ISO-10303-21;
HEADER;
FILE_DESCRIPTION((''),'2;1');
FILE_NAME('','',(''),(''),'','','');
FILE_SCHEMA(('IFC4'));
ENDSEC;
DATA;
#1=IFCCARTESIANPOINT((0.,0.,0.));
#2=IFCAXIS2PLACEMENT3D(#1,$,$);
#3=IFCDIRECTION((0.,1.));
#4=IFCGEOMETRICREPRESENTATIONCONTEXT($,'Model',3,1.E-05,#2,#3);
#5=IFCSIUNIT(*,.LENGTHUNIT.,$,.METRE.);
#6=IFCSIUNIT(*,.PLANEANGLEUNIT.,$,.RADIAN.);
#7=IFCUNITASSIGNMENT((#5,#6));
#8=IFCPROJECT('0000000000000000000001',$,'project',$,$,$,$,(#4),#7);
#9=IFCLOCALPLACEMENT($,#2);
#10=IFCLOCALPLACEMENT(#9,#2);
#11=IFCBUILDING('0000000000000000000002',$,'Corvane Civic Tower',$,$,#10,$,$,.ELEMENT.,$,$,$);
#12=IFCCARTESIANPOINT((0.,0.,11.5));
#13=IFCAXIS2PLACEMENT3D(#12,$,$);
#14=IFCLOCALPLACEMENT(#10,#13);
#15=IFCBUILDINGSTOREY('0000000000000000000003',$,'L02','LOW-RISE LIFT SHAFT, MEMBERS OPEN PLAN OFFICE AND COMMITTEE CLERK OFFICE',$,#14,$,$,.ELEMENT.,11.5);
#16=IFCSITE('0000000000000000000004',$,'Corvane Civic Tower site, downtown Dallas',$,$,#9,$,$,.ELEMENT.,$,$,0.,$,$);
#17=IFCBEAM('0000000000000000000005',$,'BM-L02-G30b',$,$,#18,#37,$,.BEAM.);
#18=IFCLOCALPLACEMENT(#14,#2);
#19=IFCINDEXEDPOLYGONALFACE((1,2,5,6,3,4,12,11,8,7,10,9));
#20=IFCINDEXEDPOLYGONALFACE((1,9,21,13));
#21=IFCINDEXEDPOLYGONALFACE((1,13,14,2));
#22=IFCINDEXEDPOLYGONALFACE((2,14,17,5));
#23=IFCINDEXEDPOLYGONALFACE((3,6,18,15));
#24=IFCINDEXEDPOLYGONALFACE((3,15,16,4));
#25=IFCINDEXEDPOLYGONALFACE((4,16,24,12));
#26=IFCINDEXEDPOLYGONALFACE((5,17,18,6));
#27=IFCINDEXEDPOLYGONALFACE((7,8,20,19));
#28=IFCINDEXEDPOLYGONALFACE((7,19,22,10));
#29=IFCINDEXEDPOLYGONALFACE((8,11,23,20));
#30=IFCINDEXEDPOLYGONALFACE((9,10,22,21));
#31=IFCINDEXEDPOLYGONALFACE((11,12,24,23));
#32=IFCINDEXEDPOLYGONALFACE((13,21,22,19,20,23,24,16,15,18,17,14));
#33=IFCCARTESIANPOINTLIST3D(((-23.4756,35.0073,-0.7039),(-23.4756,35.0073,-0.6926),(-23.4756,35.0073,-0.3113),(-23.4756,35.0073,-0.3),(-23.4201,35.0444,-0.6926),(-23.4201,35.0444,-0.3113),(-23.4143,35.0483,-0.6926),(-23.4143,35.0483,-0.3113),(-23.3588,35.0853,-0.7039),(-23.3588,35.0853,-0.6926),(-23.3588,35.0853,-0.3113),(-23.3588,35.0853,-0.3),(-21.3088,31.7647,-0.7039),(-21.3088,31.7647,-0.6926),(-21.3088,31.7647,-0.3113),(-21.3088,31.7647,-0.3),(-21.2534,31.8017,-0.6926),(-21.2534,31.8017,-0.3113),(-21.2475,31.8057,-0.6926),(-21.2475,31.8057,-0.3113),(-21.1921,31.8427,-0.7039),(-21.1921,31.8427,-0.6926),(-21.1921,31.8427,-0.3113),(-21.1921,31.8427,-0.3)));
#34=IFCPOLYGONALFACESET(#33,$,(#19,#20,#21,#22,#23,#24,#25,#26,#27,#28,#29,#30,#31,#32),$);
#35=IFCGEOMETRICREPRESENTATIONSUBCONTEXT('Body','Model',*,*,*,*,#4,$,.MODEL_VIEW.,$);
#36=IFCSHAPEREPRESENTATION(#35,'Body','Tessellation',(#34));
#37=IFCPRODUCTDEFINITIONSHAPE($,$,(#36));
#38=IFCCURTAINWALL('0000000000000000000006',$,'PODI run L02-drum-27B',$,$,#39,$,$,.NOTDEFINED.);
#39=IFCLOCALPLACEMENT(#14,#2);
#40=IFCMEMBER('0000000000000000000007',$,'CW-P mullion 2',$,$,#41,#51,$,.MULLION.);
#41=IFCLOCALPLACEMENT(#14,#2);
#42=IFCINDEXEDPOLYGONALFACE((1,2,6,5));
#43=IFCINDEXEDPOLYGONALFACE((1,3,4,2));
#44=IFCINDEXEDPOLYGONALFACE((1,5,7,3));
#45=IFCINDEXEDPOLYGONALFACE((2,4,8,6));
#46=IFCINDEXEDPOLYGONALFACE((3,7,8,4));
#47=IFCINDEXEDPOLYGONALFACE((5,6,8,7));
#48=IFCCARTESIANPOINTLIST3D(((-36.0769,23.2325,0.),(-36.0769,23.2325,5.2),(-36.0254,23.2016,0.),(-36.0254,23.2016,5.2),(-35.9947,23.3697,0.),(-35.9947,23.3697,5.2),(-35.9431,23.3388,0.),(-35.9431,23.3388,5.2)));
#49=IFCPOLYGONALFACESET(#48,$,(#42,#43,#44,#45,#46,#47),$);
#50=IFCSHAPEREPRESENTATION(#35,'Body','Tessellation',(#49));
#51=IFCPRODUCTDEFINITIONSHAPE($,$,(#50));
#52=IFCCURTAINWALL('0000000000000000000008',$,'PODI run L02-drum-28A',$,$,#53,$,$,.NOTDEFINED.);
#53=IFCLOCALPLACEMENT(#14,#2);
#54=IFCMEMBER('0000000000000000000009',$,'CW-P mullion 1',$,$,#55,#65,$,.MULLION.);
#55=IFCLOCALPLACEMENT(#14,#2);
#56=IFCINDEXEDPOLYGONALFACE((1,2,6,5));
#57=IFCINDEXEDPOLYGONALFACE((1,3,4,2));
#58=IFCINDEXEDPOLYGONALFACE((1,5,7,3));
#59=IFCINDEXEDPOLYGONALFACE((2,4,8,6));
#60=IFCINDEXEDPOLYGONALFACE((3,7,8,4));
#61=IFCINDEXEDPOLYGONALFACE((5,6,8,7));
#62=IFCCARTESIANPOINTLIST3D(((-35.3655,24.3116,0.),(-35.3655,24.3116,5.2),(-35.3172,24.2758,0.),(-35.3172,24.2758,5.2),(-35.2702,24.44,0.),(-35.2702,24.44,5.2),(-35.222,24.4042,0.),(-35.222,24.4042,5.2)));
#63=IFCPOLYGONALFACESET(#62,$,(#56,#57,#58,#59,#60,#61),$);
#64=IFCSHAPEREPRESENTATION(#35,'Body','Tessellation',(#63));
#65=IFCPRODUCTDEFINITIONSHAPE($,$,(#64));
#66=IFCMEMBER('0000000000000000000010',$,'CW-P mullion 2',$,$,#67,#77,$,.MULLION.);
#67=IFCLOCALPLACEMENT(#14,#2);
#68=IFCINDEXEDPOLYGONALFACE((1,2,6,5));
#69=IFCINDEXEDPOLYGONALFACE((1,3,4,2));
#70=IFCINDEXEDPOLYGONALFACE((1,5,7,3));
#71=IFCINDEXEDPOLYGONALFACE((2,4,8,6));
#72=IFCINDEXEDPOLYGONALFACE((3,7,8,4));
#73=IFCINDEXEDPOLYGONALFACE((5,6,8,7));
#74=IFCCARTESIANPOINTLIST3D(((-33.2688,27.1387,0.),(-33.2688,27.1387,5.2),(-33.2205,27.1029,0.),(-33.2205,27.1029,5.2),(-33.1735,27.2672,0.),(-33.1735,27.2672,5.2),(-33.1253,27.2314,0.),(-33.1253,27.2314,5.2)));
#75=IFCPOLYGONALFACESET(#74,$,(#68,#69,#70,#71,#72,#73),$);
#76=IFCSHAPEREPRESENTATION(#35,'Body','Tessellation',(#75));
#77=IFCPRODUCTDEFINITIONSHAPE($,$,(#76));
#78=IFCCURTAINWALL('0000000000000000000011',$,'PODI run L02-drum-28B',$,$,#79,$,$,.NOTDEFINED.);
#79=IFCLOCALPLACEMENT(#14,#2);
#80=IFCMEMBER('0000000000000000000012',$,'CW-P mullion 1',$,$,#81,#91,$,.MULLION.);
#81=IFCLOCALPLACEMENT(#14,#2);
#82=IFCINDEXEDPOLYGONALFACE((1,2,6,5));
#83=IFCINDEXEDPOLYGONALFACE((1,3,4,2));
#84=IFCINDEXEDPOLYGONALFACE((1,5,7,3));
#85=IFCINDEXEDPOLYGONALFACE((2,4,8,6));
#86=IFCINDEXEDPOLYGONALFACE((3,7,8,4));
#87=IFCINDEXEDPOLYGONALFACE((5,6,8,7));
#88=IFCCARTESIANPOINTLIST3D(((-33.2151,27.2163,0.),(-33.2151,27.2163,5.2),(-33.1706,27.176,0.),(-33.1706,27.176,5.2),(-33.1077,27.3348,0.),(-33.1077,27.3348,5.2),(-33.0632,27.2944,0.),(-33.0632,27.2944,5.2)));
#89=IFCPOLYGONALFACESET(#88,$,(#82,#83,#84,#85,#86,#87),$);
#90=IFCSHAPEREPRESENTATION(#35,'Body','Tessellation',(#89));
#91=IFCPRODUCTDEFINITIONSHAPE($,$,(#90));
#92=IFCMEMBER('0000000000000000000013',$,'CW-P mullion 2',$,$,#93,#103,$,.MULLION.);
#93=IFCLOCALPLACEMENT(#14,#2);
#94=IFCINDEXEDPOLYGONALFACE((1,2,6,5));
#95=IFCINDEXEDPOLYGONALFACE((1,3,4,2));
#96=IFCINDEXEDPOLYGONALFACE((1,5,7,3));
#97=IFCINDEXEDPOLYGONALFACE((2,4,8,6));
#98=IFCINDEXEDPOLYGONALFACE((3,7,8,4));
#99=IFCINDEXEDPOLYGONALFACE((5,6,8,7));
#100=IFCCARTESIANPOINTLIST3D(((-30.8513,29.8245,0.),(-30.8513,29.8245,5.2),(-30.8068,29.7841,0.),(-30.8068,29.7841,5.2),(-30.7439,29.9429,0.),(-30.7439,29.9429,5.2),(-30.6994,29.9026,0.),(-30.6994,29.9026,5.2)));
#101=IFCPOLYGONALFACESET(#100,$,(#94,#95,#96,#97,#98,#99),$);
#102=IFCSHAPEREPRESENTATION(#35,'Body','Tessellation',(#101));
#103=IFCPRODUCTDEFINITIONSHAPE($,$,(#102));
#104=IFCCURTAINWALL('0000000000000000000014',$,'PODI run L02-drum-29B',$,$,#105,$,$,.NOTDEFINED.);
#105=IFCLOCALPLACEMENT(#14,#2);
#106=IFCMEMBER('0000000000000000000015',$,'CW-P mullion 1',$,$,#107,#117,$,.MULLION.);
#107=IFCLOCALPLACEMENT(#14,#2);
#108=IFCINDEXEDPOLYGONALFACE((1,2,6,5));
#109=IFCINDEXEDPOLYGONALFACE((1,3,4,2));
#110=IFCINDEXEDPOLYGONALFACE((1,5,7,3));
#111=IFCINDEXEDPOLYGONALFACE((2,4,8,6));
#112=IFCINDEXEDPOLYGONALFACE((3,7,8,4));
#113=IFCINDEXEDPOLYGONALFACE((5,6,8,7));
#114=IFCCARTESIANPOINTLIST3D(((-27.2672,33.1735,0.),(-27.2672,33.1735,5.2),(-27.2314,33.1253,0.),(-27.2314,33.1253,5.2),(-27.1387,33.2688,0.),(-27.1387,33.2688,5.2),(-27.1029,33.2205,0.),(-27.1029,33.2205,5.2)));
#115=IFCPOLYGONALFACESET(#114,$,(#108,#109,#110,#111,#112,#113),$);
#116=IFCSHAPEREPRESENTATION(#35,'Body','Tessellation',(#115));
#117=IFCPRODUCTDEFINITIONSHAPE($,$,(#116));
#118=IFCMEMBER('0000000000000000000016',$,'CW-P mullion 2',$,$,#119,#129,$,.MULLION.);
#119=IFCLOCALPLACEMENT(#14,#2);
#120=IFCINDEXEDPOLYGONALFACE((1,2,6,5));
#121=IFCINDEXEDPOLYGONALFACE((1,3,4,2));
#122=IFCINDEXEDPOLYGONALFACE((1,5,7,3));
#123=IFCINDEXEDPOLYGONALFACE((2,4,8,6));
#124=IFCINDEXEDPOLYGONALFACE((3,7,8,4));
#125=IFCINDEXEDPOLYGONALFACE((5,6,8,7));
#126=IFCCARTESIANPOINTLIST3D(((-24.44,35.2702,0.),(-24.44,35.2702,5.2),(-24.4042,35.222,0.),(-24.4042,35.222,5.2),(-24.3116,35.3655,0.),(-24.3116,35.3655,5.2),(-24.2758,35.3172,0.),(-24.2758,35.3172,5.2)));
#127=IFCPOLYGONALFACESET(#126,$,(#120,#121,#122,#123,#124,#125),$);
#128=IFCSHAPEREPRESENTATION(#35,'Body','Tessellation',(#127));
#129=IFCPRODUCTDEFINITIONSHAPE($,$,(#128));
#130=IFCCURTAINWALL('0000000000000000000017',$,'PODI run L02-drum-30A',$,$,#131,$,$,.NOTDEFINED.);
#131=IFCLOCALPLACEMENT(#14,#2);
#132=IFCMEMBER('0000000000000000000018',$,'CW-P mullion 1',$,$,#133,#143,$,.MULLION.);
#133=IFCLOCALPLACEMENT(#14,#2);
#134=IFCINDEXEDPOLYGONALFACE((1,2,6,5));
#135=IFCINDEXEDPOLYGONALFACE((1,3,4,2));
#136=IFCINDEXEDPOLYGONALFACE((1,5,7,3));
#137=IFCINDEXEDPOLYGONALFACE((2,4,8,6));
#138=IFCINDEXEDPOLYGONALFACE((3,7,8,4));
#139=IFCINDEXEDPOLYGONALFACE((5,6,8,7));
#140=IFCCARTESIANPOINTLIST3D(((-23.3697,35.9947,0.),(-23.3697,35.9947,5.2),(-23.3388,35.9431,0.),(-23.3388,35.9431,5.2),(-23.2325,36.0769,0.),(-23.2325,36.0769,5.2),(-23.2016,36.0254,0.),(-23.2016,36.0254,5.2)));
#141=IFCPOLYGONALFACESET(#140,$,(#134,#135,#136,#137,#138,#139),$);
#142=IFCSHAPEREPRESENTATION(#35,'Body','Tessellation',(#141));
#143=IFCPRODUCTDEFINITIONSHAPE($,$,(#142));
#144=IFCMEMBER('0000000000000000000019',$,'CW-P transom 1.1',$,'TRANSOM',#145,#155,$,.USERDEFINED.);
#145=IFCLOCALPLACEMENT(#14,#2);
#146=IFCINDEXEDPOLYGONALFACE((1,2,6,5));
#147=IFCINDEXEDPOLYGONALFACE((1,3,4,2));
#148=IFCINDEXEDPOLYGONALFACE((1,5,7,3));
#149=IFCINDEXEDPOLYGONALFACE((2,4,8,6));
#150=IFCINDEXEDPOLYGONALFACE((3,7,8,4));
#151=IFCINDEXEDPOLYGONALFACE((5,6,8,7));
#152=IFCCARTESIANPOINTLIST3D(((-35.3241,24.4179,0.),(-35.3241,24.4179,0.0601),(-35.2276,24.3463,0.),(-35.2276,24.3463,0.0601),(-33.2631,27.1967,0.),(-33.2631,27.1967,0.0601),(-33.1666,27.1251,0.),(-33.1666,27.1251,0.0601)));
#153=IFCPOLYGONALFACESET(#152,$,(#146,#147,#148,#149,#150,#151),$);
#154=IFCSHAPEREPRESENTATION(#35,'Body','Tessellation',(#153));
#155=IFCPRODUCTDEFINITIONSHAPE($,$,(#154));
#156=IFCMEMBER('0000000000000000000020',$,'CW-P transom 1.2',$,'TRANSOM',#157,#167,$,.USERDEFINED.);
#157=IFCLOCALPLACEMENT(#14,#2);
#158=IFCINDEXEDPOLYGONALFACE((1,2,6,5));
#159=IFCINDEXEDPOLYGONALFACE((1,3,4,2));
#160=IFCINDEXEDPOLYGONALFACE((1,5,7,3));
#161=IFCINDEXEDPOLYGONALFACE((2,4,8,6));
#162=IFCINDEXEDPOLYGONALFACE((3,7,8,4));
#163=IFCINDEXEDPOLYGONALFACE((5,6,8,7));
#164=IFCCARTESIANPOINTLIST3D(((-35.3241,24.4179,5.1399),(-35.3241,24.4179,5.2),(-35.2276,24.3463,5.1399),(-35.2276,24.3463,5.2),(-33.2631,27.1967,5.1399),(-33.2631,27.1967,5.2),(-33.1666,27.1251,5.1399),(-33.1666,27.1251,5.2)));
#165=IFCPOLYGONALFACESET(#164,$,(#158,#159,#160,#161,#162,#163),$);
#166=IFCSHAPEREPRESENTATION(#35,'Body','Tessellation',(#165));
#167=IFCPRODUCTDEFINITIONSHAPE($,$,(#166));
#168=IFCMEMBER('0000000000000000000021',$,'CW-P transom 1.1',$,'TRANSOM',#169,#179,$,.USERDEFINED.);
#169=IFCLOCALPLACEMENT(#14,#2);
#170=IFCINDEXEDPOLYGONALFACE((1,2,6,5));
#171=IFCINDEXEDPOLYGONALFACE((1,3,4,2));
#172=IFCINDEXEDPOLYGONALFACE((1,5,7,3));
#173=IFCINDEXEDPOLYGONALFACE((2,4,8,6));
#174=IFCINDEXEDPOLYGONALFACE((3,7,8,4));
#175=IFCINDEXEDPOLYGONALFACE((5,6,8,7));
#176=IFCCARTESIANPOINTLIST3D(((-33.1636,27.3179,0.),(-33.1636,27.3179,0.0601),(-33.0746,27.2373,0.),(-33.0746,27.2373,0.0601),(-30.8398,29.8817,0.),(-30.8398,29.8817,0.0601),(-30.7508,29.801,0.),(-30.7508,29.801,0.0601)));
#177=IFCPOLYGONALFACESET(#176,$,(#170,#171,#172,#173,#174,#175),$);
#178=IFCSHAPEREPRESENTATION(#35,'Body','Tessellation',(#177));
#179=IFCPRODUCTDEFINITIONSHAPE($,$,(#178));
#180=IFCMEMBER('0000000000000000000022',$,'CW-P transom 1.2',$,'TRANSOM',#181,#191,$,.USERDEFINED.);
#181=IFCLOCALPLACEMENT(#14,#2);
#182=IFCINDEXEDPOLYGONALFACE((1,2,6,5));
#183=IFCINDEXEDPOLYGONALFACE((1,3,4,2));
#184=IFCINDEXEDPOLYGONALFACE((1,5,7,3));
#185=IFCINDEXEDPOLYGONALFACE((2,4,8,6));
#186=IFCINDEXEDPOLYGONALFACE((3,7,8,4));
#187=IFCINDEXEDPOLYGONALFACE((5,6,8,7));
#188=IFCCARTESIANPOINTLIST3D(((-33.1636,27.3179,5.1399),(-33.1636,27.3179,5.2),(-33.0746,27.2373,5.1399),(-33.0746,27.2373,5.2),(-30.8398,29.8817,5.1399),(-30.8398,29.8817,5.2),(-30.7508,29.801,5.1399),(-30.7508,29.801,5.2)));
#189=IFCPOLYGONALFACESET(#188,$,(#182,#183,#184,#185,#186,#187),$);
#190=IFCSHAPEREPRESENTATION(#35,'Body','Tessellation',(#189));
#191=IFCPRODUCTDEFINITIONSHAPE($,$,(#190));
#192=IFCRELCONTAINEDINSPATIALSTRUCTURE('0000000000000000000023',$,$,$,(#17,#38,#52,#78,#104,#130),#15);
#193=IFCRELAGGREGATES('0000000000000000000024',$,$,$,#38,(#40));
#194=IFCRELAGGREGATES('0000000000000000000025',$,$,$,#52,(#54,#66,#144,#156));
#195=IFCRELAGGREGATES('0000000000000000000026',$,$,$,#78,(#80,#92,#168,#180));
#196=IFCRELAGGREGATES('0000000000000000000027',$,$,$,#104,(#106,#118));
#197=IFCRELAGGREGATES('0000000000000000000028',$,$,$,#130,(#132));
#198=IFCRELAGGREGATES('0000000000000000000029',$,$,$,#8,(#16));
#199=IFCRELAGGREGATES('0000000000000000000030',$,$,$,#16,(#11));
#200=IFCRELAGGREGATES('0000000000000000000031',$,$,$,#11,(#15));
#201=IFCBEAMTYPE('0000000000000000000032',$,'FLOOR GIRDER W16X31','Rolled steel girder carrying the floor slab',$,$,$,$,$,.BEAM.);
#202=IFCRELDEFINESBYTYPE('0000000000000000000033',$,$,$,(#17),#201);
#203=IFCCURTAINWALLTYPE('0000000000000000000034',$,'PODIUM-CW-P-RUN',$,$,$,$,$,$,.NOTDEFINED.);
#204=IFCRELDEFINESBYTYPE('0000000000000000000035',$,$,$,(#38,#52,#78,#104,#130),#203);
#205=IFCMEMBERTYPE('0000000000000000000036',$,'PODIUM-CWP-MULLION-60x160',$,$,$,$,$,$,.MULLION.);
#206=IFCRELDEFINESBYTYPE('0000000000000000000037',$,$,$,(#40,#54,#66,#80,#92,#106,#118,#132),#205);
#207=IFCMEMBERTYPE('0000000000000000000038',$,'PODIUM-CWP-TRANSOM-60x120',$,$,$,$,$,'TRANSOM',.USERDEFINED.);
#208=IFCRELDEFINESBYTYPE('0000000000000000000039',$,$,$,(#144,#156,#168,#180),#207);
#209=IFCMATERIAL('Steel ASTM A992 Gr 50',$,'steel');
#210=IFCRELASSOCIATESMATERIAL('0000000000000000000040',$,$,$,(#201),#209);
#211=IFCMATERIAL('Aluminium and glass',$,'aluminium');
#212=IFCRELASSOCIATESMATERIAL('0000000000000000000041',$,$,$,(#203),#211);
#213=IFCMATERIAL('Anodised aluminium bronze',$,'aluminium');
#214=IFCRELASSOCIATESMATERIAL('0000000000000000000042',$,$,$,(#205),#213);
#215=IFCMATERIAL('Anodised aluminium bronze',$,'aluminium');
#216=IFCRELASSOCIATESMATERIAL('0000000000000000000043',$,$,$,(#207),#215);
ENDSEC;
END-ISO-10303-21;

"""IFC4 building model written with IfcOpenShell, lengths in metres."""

from ifc_helpers import new_model, si_unit, direction, frame, origin, origin_2d, place, context, subcontext, project, spatial, rectangle, i_section, extrude, material, material_profile, profile_set, type_object, element, aggregate, save


model = new_model("IFC4")

# Units and contexts
model_context = context("Model", 3, precision=1e-05, world=origin(), true_north=direction((0.0, 1.0)))
body_context = subcontext(model_context, "Body", "Model", "MODEL_VIEW")
ifc_project = project(units=[si_unit("LENGTHUNIT", "METRE"), si_unit("PLANEANGLEUNIT", "RADIAN")], contexts=[model_context])

# Site, building, storey
site_placement = place(None, origin())
site = spatial("IfcSite", under=ifc_project, at=site_placement, Name="Corvane Civic Tower site, downtown Dallas", CompositionType="ELEMENT", RefElevation=0.0)
building_placement = place(site_placement, origin())
building = spatial("IfcBuilding", under=site, at=building_placement, Name="Corvane Civic Tower", CompositionType="ELEMENT")
storey_placement = place(building_placement, frame((0.0, 0.0, 11.5)))
storey = spatial("IfcBuildingStorey", under=building, at=storey_placement, Name="L02", Description="LOW-RISE LIFT SHAFT, MEMBERS OPEN PLAN OFFICE AND COMMITTEE CLERK OFFICE", CompositionType="ELEMENT", Elevation=11.5)

# Beam
ifc_material_1 = material(Name="Steel ASTM A992 Gr 50", Category="steel")
ifc_material_profile_1 = material_profile(ifc_material_1, i_section(OverallWidth=0.1404, OverallDepth=0.4038, WebThickness=0.0071, FlangeThickness=0.0112, at=origin_2d()), Name="W16X31")
ifc_profile_set_1 = profile_set([ifc_material_profile_1], Name="Steel ASTM A992 Gr 50")
beam_type_1 = type_object("IfcBeamType", Name="FLOOR GIRDER W16X31", Description="Rolled steel girder carrying the floor slab", PredefinedType="BEAM", material=ifc_profile_set_1)
for number, where, z_axis, x_axis, name in (
    (1, (-21.2505, 31.8037, -0.502), (-0.555581, 0.831462, 0.0), (-0.831462, -0.555581, 0.0), "BM-L02-G30b"),
):
    element("IfcBeam", number, at=place(storey_placement, frame(where, z_axis=z_axis, x_axis=x_axis)), inside=storey, type_object=beam_type_1, Name=name, PredefinedType="BEAM", context=body_context, shape_type="SweptSolid", body=[
        extrude(i_section(OverallWidth=0.1404, OverallDepth=0.4038, WebThickness=0.0071, FlangeThickness=0.0112, at=origin_2d()), origin(), (0.0, 0.0, 1.0), 3.8999),
    ])

# Curtain wall, member
ifc_material_2 = material(Name="Aluminium and glass", Category="aluminium")
curtain_wall_type = type_object("IfcCurtainWallType", Name="PODIUM-CW-P-RUN", PredefinedType="NOTDEFINED", material=ifc_material_2)
curtain_wall_1_placement = place(storey_placement, origin())
curtain_wall_1 = element("IfcCurtainWall", 2, at=curtain_wall_1_placement, inside=storey, type_object=curtain_wall_type, Name="PODI run L02-drum-27B", PredefinedType="NOTDEFINED")
ifc_material_3 = material(Name="Anodised aluminium bronze", Category="aluminium")
ifc_material_profile_2 = material_profile(ifc_material_3, rectangle(XDim=0.0601, YDim=0.1599, at=origin_2d()), Name="AL 60x160")
ifc_profile_set_2 = profile_set([ifc_material_profile_2], Name="Anodised aluminium bronze")
member_type_1 = type_object("IfcMemberType", Name="PODIUM-CWP-MULLION-60x160", PredefinedType="MULLION", material=ifc_profile_set_2)
member_1_placement = place(storey_placement, frame((-36.01, 23.2856, 0.0), z_axis=(0.0, 0.0, 1.0), x_axis=(-0.85772, 0.514118, 0.0)))
member_1 = element("IfcMember", 3, at=member_1_placement, type_object=member_type_1, Name="CW-P mullion 2", PredefinedType="MULLION", context=body_context, shape_type="SweptSolid", body=[
    extrude(rectangle(XDim=0.0601, YDim=0.1599, at=origin_2d()), origin(), (0.0, 0.0, 1.0), 5.2),
])
aggregate(curtain_wall_1, [member_1])

# Curtain walls, members
curtain_wall_2_placement = place(storey_placement, origin())
curtain_wall_2 = element("IfcCurtainWall", 4, at=curtain_wall_2_placement, inside=storey, type_object=curtain_wall_type, Name="PODI run L02-drum-28A", PredefinedType="NOTDEFINED")
member_2_placement = place(storey_placement, frame((-35.2937, 24.3579, 0.0), z_axis=(0.0, 0.0, 1.0), x_axis=(-0.803203, 0.595705, 0.0)))
member_2 = element("IfcMember", 5, at=member_2_placement, type_object=member_type_1, Name="CW-P mullion 1", PredefinedType="MULLION", context=body_context, shape_type="SweptSolid", body=[
    extrude(rectangle(XDim=0.0601, YDim=0.1599, at=origin_2d()), origin(), (0.0, 0.0, 1.0), 5.2),
])
member_3_placement = place(storey_placement, frame((-33.197, 27.1851, 0.0), z_axis=(0.0, 0.0, 1.0), x_axis=(-0.803203, 0.595705, 0.0)))
member_3 = element("IfcMember", 6, at=member_3_placement, type_object=member_type_1, Name="CW-P mullion 2", PredefinedType="MULLION", context=body_context, shape_type="SweptSolid", body=[
    extrude(rectangle(XDim=0.0601, YDim=0.1599, at=origin_2d()), origin(), (0.0, 0.0, 1.0), 5.2),
])
curtain_wall_3_placement = place(storey_placement, origin())
curtain_wall_3 = element("IfcCurtainWall", 7, at=curtain_wall_3_placement, inside=storey, type_object=curtain_wall_type, Name="PODI run L02-drum-28B", PredefinedType="NOTDEFINED")
member_4_placement = place(storey_placement, frame((-33.1392, 27.2554, 0.0), z_axis=(0.0, 0.0, 1.0), x_axis=(-0.740935, 0.671576, 0.0)))
member_4 = element("IfcMember", 8, at=member_4_placement, type_object=member_type_1, Name="CW-P mullion 1", PredefinedType="MULLION", context=body_context, shape_type="SweptSolid", body=[
    extrude(rectangle(XDim=0.0601, YDim=0.1599, at=origin_2d()), origin(), (0.0, 0.0, 1.0), 5.2),
])
member_5_placement = place(storey_placement, frame((-30.7754, 29.8635, 0.0), z_axis=(0.0, 0.0, 1.0), x_axis=(-0.740935, 0.671576, 0.0)))
member_5 = element("IfcMember", 9, at=member_5_placement, type_object=member_type_1, Name="CW-P mullion 2", PredefinedType="MULLION", context=body_context, shape_type="SweptSolid", body=[
    extrude(rectangle(XDim=0.0601, YDim=0.1599, at=origin_2d()), origin(), (0.0, 0.0, 1.0), 5.2),
])
curtain_wall_4_placement = place(storey_placement, origin())
curtain_wall_4 = element("IfcCurtainWall", 10, at=curtain_wall_4_placement, inside=storey, type_object=curtain_wall_type, Name="PODI run L02-drum-29B", PredefinedType="NOTDEFINED")
member_6_placement = place(storey_placement, frame((-27.1851, 33.197, 0.0), z_axis=(0.0, 0.0, 1.0), x_axis=(-0.595705, 0.803203, 0.0)))
member_6 = element("IfcMember", 11, at=member_6_placement, type_object=member_type_1, Name="CW-P mullion 1", PredefinedType="MULLION", context=body_context, shape_type="SweptSolid", body=[
    extrude(rectangle(XDim=0.0601, YDim=0.1599, at=origin_2d()), origin(), (0.0, 0.0, 1.0), 5.2),
])
member_7_placement = place(storey_placement, frame((-24.3579, 35.2937, 0.0), z_axis=(0.0, 0.0, 1.0), x_axis=(-0.595705, 0.803203, 0.0)))
member_7 = element("IfcMember", 12, at=member_7_placement, type_object=member_type_1, Name="CW-P mullion 2", PredefinedType="MULLION", context=body_context, shape_type="SweptSolid", body=[
    extrude(rectangle(XDim=0.0601, YDim=0.1599, at=origin_2d()), origin(), (0.0, 0.0, 1.0), 5.2),
])

# Curtain wall, member
curtain_wall_5_placement = place(storey_placement, origin())
curtain_wall_5 = element("IfcCurtainWall", 13, at=curtain_wall_5_placement, inside=storey, type_object=curtain_wall_type, Name="PODI run L02-drum-30A", PredefinedType="NOTDEFINED")
member_8_placement = place(storey_placement, frame((-23.2856, 36.01, 0.0), z_axis=(0.0, 0.0, 1.0), x_axis=(-0.514118, 0.85772, 0.0)))
member_8 = element("IfcMember", 14, at=member_8_placement, type_object=member_type_1, Name="CW-P mullion 1", PredefinedType="MULLION", context=body_context, shape_type="SweptSolid", body=[
    extrude(rectangle(XDim=0.0601, YDim=0.1599, at=origin_2d()), origin(), (0.0, 0.0, 1.0), 5.2),
])

# Members
ifc_material_4 = material(Name="Anodised aluminium bronze", Category="aluminium")
ifc_material_profile_3 = material_profile(ifc_material_4, rectangle(XDim=0.1201, YDim=0.0601, at=origin_2d()), Name="AL 120x60")
ifc_profile_set_3 = profile_set([ifc_material_profile_3], Name="Anodised aluminium bronze")
member_type_2 = type_object("IfcMemberType", Name="PODIUM-CWP-TRANSOM-60x120", ElementType="TRANSOM", PredefinedType="USERDEFINED", material=ifc_profile_set_3)
member_9_placement = place(storey_placement, frame((-35.2759, 24.3821, 0.03), z_axis=(0.595724, 0.80319, 0.0), x_axis=(-0.80319, 0.595724, 0.0)))
member_9 = element("IfcMember", 15, at=member_9_placement, type_object=member_type_2, Name="CW-P transom 1.1", ObjectType="TRANSOM", PredefinedType="USERDEFINED", context=body_context, shape_type="SweptSolid", body=[
    extrude(rectangle(XDim=0.1201, YDim=0.0601, at=origin_2d()), origin(), (0.0, 0.0, 1.0), 3.4597),
])
member_10_placement = place(storey_placement, frame((-35.2759, 24.3821, 5.1699), z_axis=(0.595724, 0.80319, 0.0), x_axis=(-0.80319, 0.595724, 0.0)))
member_10 = element("IfcMember", 16, at=member_10_placement, type_object=member_type_2, Name="CW-P transom 1.2", ObjectType="TRANSOM", PredefinedType="USERDEFINED", context=body_context, shape_type="SweptSolid", body=[
    extrude(rectangle(XDim=0.1201, YDim=0.0601, at=origin_2d()), origin(), (0.0, 0.0, 1.0), 3.4597),
])
member_11_placement = place(storey_placement, frame((-33.1191, 27.2776, 0.03), z_axis=(0.671576, 0.740935, 0.0), x_axis=(-0.740935, 0.671576, 0.0)))
member_11 = element("IfcMember", 17, at=member_11_placement, type_object=member_type_2, Name="CW-P transom 1.1", ObjectType="TRANSOM", PredefinedType="USERDEFINED", context=body_context, shape_type="SweptSolid", body=[
    extrude(rectangle(XDim=0.1201, YDim=0.0601, at=origin_2d()), origin(), (0.0, 0.0, 1.0), 3.4602),
])
member_12_placement = place(storey_placement, frame((-33.1191, 27.2776, 5.1699), z_axis=(0.671576, 0.740935, 0.0), x_axis=(-0.740935, 0.671576, 0.0)))
member_12 = element("IfcMember", 18, at=member_12_placement, type_object=member_type_2, Name="CW-P transom 1.2", ObjectType="TRANSOM", PredefinedType="USERDEFINED", context=body_context, shape_type="SweptSolid", body=[
    extrude(rectangle(XDim=0.1201, YDim=0.0601, at=origin_2d()), origin(), (0.0, 0.0, 1.0), 3.4602),
])

aggregate(curtain_wall_2, [member_2, member_3, member_9, member_10])
aggregate(curtain_wall_3, [member_4, member_5, member_11, member_12])
aggregate(curtain_wall_4, [member_6, member_7])
aggregate(curtain_wall_5, [member_8])

save(model, "model.ifc")
